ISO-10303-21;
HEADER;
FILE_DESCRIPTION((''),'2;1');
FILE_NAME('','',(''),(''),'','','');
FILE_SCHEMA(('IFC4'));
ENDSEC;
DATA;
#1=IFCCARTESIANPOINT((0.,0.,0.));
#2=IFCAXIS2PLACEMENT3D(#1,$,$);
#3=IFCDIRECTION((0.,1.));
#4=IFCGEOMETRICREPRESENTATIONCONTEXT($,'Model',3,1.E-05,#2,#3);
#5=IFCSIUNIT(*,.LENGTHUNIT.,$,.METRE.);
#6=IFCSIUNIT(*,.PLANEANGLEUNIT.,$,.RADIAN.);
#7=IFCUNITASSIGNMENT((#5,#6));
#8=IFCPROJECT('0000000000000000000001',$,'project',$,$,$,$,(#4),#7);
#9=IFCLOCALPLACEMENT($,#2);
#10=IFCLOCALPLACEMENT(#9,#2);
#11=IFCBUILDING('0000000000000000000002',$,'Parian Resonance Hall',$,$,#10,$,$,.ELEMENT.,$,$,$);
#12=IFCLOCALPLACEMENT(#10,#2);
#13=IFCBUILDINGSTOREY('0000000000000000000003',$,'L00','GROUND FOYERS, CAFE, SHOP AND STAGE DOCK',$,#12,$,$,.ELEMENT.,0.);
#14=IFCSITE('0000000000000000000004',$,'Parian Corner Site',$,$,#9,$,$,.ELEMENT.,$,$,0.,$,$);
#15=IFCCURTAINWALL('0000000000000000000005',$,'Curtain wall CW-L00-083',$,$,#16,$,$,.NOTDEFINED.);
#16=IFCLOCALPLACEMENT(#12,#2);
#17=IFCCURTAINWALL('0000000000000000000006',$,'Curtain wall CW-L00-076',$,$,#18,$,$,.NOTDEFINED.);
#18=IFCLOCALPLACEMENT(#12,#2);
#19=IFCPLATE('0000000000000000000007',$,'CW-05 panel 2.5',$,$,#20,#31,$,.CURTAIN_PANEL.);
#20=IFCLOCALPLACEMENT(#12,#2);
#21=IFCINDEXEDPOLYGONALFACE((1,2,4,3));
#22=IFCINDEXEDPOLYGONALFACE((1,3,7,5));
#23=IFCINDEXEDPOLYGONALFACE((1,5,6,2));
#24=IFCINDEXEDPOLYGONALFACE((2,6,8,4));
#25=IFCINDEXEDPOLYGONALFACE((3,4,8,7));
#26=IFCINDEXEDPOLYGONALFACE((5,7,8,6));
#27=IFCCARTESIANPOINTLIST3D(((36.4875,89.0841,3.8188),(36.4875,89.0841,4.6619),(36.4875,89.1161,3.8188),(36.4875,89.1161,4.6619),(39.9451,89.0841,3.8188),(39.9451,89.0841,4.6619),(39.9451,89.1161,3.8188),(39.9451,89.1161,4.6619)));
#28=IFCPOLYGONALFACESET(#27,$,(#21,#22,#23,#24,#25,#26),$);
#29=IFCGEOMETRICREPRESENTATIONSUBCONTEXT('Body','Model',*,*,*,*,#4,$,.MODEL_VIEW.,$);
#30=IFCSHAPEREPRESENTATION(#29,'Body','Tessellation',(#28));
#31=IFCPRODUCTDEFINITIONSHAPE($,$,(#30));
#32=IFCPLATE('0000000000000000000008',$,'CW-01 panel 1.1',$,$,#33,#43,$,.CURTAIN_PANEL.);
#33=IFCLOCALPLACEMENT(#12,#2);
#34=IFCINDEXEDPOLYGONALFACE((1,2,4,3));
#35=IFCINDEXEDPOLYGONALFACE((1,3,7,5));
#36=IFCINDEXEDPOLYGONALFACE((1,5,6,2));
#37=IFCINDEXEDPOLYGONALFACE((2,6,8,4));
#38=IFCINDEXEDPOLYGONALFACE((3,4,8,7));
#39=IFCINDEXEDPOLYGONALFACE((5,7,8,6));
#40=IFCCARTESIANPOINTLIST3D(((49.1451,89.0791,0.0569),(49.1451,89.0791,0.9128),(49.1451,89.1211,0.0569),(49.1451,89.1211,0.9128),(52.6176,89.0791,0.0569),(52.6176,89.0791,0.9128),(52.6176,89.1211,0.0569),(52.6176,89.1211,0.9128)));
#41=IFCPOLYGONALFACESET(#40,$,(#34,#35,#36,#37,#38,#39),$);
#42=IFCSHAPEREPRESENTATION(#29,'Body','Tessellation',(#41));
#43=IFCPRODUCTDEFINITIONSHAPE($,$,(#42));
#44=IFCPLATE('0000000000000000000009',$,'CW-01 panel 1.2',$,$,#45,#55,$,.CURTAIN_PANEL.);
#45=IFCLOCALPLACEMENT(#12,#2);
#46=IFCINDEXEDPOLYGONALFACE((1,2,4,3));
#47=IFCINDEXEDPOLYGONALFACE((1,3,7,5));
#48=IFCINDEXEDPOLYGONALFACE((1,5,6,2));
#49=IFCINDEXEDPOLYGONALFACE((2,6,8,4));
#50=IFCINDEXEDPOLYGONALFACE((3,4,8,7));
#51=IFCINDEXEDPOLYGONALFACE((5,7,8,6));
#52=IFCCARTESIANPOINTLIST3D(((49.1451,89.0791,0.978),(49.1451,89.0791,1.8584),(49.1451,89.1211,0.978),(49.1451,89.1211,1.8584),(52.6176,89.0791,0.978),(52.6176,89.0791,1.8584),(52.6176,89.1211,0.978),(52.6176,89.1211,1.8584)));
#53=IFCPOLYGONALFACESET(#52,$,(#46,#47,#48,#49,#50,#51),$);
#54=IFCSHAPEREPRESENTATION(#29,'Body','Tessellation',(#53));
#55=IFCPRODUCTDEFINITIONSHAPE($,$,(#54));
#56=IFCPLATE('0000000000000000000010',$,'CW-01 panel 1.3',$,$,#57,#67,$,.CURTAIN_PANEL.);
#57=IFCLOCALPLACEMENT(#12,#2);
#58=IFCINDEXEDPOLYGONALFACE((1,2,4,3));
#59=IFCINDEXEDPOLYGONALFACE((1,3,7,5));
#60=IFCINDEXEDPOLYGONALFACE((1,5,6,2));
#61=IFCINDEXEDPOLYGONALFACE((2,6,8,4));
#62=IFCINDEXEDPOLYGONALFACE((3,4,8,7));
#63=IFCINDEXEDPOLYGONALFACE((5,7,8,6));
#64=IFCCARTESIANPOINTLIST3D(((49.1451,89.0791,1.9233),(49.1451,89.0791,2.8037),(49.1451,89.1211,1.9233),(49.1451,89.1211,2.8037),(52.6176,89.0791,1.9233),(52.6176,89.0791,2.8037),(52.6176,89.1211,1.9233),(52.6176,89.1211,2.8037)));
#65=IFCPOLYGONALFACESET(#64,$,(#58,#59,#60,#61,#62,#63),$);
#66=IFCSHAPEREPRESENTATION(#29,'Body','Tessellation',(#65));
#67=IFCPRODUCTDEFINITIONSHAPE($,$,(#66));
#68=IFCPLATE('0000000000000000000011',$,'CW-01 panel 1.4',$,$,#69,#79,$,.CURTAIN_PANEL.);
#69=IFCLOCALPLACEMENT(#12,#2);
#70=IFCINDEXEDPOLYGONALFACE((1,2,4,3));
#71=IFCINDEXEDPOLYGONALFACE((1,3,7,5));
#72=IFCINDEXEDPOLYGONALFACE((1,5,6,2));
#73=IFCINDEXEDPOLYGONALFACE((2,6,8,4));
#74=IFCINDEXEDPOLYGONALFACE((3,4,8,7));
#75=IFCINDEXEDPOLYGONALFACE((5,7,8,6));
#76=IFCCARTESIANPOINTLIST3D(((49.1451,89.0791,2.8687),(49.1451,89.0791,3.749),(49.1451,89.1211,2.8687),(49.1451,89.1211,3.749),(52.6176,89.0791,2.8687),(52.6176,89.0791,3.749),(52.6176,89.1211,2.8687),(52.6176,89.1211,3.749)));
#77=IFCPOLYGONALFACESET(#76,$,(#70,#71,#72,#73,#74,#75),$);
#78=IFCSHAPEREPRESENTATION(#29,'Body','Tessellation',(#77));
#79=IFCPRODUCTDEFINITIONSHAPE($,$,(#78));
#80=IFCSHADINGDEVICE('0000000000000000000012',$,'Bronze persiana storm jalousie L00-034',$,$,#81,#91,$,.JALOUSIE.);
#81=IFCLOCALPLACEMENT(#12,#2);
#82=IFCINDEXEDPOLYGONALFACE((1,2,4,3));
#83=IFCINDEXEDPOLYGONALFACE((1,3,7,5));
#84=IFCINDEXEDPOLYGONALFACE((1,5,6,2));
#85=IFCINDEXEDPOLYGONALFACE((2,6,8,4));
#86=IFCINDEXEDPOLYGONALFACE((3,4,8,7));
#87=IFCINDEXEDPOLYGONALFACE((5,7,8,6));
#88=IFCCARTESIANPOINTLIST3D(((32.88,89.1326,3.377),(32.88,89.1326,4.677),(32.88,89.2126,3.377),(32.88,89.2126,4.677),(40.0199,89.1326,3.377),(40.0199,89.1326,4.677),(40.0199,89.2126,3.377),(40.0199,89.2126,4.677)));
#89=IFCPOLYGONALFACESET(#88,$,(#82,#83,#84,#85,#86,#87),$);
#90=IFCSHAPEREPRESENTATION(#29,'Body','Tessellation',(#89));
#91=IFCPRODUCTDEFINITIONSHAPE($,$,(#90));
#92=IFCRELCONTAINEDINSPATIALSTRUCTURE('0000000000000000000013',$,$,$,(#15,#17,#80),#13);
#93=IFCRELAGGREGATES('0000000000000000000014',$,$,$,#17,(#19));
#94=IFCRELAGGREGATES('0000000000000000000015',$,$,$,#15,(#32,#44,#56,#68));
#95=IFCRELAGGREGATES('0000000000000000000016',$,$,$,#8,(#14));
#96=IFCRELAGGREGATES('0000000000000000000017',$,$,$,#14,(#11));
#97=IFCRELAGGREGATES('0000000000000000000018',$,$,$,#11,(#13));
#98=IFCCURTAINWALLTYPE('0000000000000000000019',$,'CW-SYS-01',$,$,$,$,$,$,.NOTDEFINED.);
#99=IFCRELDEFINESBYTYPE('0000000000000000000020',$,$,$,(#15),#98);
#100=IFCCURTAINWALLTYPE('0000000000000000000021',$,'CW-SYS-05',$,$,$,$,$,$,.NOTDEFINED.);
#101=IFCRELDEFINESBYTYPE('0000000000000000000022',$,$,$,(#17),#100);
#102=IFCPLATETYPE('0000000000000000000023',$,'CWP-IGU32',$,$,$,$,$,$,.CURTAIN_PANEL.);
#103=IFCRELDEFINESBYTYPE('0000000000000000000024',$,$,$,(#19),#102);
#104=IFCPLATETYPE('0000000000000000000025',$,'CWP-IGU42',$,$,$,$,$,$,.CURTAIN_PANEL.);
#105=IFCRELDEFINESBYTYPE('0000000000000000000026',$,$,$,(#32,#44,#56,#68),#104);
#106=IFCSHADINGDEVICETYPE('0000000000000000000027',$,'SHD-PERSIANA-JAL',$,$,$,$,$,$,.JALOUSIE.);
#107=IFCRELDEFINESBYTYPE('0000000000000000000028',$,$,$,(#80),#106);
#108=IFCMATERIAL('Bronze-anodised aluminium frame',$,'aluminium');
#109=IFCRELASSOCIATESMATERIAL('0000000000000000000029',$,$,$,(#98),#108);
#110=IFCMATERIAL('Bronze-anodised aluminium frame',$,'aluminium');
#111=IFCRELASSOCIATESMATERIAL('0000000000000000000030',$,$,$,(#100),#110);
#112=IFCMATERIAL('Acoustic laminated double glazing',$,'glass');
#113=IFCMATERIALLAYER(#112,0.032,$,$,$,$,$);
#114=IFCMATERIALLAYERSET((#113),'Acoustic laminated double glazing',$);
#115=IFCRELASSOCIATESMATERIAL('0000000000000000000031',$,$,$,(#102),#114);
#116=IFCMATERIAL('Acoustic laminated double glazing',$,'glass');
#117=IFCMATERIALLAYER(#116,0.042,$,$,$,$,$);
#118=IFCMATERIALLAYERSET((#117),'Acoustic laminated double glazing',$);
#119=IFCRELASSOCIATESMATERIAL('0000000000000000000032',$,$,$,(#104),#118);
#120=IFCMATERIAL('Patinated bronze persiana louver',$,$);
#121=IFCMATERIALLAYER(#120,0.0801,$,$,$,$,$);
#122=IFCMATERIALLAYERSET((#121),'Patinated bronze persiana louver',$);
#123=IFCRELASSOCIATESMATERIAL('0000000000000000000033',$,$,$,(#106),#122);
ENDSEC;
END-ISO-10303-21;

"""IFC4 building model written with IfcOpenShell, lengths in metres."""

from ifc_helpers import new_model, si_unit, direction, frame, origin, origin_2d, place, context, subcontext, project, spatial, rectangle, extrude, material, layer, layer_set, type_object, element, aggregate, save


model = new_model("IFC4")

# Units and contexts
model_context = context("Model", 3, precision=1e-05, world=origin(), true_north=direction((0.0, 1.0)))
body_context = subcontext(model_context, "Body", "Model", "MODEL_VIEW")
ifc_project = project(units=[si_unit("LENGTHUNIT", "METRE"), si_unit("PLANEANGLEUNIT", "RADIAN")], contexts=[model_context])

# Site, building, storey
site_placement = place(None, origin())
site = spatial("IfcSite", under=ifc_project, at=site_placement, Name="Parian Corner Site", CompositionType="ELEMENT", RefElevation=0.0)
building_placement = place(site_placement, origin())
building = spatial("IfcBuilding", under=site, at=building_placement, Name="Parian Resonance Hall", CompositionType="ELEMENT")
storey_placement = place(building_placement, origin())
storey = spatial("IfcBuildingStorey", under=building, at=storey_placement, Name="L00", Description="GROUND FOYERS, CAFE, SHOP AND STAGE DOCK", CompositionType="ELEMENT", Elevation=0.0)

# Curtain walls
ifc_material_1 = material(Name="Bronze-anodised aluminium frame", Category="aluminium")
curtain_wall_type_1 = type_object("IfcCurtainWallType", Name="CW-SYS-01", PredefinedType="NOTDEFINED", material=ifc_material_1)
curtain_wall_1_placement = place(storey_placement, origin())
curtain_wall_1 = element("IfcCurtainWall", 1, at=curtain_wall_1_placement, inside=storey, type_object=curtain_wall_type_1, Name="Curtain wall CW-L00-083", PredefinedType="NOTDEFINED")
ifc_material_2 = material(Name="Bronze-anodised aluminium frame", Category="aluminium")
curtain_wall_type_2 = type_object("IfcCurtainWallType", Name="CW-SYS-05", PredefinedType="NOTDEFINED", material=ifc_material_2)
curtain_wall_2_placement = place(storey_placement, origin())
curtain_wall_2 = element("IfcCurtainWall", 2, at=curtain_wall_2_placement, inside=storey, type_object=curtain_wall_type_2, Name="Curtain wall CW-L00-076", PredefinedType="NOTDEFINED")

# Plates
ifc_material_3 = material(Name="Acoustic laminated double glazing", Category="glass")
ifc_layer_1 = layer(ifc_material_3, 0.032)
ifc_layer_set_1 = layer_set([ifc_layer_1], Name="Acoustic laminated double glazing")
plate_type_1 = type_object("IfcPlateType", Name="CWP-IGU32", PredefinedType="CURTAIN_PANEL", material=ifc_layer_set_1)
plate_1_placement = place(storey_placement, frame((38.2163, 89.1001, 3.8188), z_axis=(0.0, 0.0, 1.0), x_axis=(1.0, 0.0, 0.0)))
plate_1 = element("IfcPlate", 3, at=plate_1_placement, type_object=plate_type_1, Name="CW-05 panel 2.5", PredefinedType="CURTAIN_PANEL", context=body_context, shape_type="SweptSolid", body=[
    extrude(rectangle(XDim=3.4575, YDim=0.032, at=origin_2d()), origin(), (0.0, 0.0, 1.0), 0.843),
])
aggregate(curtain_wall_2, [plate_1])
ifc_material_4 = material(Name="Acoustic laminated double glazing", Category="glass")
ifc_layer_2 = layer(ifc_material_4, 0.042)
ifc_layer_set_2 = layer_set([ifc_layer_2], Name="Acoustic laminated double glazing")
plate_type_2 = type_object("IfcPlateType", Name="CWP-IGU42", PredefinedType="CURTAIN_PANEL", material=ifc_layer_set_2)
plate_2_placement = place(storey_placement, frame((50.8813, 89.1001, 0.0569), z_axis=(0.0, 0.0, 1.0), x_axis=(1.0, 0.0, 0.0)))
plate_2 = element("IfcPlate", 4, at=plate_2_placement, type_object=plate_type_2, Name="CW-01 panel 1.1", PredefinedType="CURTAIN_PANEL", context=body_context, shape_type="SweptSolid", body=[
    extrude(rectangle(XDim=3.4724, YDim=0.042, at=origin_2d()), origin(), (0.0, 0.0, 1.0), 0.856),
])
plate_3_placement = place(storey_placement, frame((50.8813, 89.1001, 0.978), z_axis=(0.0, 0.0, 1.0), x_axis=(1.0, 0.0, 0.0)))
plate_3 = element("IfcPlate", 5, at=plate_3_placement, type_object=plate_type_2, Name="CW-01 panel 1.2", PredefinedType="CURTAIN_PANEL", context=body_context, shape_type="SweptSolid", body=[
    extrude(rectangle(XDim=3.4724, YDim=0.042, at=origin_2d()), origin(), (0.0, 0.0, 1.0), 0.8804),
])
plate_4_placement = place(storey_placement, frame((50.8813, 89.1001, 1.9233), z_axis=(0.0, 0.0, 1.0), x_axis=(1.0, 0.0, 0.0)))
plate_4 = element("IfcPlate", 6, at=plate_4_placement, type_object=plate_type_2, Name="CW-01 panel 1.3", PredefinedType="CURTAIN_PANEL", context=body_context, shape_type="SweptSolid", body=[
    extrude(rectangle(XDim=3.4724, YDim=0.042, at=origin_2d()), origin(), (0.0, 0.0, 1.0), 0.8804),
])
plate_5_placement = place(storey_placement, frame((50.8813, 89.1001, 2.8687), z_axis=(0.0, 0.0, 1.0), x_axis=(1.0, 0.0, 0.0)))
plate_5 = element("IfcPlate", 7, at=plate_5_placement, type_object=plate_type_2, Name="CW-01 panel 1.4", PredefinedType="CURTAIN_PANEL", context=body_context, shape_type="SweptSolid", body=[
    extrude(rectangle(XDim=3.4724, YDim=0.042, at=origin_2d()), origin(), (0.0, 0.0, 1.0), 0.8804),
])
aggregate(curtain_wall_1, [plate_2, plate_3, plate_4, plate_5])

# Shading device
ifc_material_5 = material(Name="Patinated bronze persiana louver")
ifc_layer_3 = layer(ifc_material_5, 0.0801)
ifc_layer_set_3 = layer_set([ifc_layer_3], Name="Patinated bronze persiana louver")
shading_device_type = type_object("IfcShadingDeviceType", Name="SHD-PERSIANA-JAL", PredefinedType="JALOUSIE", material=ifc_layer_set_3)
shading_device_placement = place(storey_placement, frame((36.45, 89.1726, 3.377), z_axis=(0.0, 0.0, 1.0), x_axis=(1.0, 0.0, 0.0)))
element("IfcShadingDevice", 8, at=shading_device_placement, inside=storey, type_object=shading_device_type, Name="Bronze persiana storm jalousie L00-034", PredefinedType="JALOUSIE", context=body_context, shape_type="SweptSolid", body=[
    extrude(rectangle(XDim=7.1399, YDim=0.0801, at=origin_2d()), origin(), (0.0, 0.0, 1.0), 1.3),
])

save(model, "model.ifc")
